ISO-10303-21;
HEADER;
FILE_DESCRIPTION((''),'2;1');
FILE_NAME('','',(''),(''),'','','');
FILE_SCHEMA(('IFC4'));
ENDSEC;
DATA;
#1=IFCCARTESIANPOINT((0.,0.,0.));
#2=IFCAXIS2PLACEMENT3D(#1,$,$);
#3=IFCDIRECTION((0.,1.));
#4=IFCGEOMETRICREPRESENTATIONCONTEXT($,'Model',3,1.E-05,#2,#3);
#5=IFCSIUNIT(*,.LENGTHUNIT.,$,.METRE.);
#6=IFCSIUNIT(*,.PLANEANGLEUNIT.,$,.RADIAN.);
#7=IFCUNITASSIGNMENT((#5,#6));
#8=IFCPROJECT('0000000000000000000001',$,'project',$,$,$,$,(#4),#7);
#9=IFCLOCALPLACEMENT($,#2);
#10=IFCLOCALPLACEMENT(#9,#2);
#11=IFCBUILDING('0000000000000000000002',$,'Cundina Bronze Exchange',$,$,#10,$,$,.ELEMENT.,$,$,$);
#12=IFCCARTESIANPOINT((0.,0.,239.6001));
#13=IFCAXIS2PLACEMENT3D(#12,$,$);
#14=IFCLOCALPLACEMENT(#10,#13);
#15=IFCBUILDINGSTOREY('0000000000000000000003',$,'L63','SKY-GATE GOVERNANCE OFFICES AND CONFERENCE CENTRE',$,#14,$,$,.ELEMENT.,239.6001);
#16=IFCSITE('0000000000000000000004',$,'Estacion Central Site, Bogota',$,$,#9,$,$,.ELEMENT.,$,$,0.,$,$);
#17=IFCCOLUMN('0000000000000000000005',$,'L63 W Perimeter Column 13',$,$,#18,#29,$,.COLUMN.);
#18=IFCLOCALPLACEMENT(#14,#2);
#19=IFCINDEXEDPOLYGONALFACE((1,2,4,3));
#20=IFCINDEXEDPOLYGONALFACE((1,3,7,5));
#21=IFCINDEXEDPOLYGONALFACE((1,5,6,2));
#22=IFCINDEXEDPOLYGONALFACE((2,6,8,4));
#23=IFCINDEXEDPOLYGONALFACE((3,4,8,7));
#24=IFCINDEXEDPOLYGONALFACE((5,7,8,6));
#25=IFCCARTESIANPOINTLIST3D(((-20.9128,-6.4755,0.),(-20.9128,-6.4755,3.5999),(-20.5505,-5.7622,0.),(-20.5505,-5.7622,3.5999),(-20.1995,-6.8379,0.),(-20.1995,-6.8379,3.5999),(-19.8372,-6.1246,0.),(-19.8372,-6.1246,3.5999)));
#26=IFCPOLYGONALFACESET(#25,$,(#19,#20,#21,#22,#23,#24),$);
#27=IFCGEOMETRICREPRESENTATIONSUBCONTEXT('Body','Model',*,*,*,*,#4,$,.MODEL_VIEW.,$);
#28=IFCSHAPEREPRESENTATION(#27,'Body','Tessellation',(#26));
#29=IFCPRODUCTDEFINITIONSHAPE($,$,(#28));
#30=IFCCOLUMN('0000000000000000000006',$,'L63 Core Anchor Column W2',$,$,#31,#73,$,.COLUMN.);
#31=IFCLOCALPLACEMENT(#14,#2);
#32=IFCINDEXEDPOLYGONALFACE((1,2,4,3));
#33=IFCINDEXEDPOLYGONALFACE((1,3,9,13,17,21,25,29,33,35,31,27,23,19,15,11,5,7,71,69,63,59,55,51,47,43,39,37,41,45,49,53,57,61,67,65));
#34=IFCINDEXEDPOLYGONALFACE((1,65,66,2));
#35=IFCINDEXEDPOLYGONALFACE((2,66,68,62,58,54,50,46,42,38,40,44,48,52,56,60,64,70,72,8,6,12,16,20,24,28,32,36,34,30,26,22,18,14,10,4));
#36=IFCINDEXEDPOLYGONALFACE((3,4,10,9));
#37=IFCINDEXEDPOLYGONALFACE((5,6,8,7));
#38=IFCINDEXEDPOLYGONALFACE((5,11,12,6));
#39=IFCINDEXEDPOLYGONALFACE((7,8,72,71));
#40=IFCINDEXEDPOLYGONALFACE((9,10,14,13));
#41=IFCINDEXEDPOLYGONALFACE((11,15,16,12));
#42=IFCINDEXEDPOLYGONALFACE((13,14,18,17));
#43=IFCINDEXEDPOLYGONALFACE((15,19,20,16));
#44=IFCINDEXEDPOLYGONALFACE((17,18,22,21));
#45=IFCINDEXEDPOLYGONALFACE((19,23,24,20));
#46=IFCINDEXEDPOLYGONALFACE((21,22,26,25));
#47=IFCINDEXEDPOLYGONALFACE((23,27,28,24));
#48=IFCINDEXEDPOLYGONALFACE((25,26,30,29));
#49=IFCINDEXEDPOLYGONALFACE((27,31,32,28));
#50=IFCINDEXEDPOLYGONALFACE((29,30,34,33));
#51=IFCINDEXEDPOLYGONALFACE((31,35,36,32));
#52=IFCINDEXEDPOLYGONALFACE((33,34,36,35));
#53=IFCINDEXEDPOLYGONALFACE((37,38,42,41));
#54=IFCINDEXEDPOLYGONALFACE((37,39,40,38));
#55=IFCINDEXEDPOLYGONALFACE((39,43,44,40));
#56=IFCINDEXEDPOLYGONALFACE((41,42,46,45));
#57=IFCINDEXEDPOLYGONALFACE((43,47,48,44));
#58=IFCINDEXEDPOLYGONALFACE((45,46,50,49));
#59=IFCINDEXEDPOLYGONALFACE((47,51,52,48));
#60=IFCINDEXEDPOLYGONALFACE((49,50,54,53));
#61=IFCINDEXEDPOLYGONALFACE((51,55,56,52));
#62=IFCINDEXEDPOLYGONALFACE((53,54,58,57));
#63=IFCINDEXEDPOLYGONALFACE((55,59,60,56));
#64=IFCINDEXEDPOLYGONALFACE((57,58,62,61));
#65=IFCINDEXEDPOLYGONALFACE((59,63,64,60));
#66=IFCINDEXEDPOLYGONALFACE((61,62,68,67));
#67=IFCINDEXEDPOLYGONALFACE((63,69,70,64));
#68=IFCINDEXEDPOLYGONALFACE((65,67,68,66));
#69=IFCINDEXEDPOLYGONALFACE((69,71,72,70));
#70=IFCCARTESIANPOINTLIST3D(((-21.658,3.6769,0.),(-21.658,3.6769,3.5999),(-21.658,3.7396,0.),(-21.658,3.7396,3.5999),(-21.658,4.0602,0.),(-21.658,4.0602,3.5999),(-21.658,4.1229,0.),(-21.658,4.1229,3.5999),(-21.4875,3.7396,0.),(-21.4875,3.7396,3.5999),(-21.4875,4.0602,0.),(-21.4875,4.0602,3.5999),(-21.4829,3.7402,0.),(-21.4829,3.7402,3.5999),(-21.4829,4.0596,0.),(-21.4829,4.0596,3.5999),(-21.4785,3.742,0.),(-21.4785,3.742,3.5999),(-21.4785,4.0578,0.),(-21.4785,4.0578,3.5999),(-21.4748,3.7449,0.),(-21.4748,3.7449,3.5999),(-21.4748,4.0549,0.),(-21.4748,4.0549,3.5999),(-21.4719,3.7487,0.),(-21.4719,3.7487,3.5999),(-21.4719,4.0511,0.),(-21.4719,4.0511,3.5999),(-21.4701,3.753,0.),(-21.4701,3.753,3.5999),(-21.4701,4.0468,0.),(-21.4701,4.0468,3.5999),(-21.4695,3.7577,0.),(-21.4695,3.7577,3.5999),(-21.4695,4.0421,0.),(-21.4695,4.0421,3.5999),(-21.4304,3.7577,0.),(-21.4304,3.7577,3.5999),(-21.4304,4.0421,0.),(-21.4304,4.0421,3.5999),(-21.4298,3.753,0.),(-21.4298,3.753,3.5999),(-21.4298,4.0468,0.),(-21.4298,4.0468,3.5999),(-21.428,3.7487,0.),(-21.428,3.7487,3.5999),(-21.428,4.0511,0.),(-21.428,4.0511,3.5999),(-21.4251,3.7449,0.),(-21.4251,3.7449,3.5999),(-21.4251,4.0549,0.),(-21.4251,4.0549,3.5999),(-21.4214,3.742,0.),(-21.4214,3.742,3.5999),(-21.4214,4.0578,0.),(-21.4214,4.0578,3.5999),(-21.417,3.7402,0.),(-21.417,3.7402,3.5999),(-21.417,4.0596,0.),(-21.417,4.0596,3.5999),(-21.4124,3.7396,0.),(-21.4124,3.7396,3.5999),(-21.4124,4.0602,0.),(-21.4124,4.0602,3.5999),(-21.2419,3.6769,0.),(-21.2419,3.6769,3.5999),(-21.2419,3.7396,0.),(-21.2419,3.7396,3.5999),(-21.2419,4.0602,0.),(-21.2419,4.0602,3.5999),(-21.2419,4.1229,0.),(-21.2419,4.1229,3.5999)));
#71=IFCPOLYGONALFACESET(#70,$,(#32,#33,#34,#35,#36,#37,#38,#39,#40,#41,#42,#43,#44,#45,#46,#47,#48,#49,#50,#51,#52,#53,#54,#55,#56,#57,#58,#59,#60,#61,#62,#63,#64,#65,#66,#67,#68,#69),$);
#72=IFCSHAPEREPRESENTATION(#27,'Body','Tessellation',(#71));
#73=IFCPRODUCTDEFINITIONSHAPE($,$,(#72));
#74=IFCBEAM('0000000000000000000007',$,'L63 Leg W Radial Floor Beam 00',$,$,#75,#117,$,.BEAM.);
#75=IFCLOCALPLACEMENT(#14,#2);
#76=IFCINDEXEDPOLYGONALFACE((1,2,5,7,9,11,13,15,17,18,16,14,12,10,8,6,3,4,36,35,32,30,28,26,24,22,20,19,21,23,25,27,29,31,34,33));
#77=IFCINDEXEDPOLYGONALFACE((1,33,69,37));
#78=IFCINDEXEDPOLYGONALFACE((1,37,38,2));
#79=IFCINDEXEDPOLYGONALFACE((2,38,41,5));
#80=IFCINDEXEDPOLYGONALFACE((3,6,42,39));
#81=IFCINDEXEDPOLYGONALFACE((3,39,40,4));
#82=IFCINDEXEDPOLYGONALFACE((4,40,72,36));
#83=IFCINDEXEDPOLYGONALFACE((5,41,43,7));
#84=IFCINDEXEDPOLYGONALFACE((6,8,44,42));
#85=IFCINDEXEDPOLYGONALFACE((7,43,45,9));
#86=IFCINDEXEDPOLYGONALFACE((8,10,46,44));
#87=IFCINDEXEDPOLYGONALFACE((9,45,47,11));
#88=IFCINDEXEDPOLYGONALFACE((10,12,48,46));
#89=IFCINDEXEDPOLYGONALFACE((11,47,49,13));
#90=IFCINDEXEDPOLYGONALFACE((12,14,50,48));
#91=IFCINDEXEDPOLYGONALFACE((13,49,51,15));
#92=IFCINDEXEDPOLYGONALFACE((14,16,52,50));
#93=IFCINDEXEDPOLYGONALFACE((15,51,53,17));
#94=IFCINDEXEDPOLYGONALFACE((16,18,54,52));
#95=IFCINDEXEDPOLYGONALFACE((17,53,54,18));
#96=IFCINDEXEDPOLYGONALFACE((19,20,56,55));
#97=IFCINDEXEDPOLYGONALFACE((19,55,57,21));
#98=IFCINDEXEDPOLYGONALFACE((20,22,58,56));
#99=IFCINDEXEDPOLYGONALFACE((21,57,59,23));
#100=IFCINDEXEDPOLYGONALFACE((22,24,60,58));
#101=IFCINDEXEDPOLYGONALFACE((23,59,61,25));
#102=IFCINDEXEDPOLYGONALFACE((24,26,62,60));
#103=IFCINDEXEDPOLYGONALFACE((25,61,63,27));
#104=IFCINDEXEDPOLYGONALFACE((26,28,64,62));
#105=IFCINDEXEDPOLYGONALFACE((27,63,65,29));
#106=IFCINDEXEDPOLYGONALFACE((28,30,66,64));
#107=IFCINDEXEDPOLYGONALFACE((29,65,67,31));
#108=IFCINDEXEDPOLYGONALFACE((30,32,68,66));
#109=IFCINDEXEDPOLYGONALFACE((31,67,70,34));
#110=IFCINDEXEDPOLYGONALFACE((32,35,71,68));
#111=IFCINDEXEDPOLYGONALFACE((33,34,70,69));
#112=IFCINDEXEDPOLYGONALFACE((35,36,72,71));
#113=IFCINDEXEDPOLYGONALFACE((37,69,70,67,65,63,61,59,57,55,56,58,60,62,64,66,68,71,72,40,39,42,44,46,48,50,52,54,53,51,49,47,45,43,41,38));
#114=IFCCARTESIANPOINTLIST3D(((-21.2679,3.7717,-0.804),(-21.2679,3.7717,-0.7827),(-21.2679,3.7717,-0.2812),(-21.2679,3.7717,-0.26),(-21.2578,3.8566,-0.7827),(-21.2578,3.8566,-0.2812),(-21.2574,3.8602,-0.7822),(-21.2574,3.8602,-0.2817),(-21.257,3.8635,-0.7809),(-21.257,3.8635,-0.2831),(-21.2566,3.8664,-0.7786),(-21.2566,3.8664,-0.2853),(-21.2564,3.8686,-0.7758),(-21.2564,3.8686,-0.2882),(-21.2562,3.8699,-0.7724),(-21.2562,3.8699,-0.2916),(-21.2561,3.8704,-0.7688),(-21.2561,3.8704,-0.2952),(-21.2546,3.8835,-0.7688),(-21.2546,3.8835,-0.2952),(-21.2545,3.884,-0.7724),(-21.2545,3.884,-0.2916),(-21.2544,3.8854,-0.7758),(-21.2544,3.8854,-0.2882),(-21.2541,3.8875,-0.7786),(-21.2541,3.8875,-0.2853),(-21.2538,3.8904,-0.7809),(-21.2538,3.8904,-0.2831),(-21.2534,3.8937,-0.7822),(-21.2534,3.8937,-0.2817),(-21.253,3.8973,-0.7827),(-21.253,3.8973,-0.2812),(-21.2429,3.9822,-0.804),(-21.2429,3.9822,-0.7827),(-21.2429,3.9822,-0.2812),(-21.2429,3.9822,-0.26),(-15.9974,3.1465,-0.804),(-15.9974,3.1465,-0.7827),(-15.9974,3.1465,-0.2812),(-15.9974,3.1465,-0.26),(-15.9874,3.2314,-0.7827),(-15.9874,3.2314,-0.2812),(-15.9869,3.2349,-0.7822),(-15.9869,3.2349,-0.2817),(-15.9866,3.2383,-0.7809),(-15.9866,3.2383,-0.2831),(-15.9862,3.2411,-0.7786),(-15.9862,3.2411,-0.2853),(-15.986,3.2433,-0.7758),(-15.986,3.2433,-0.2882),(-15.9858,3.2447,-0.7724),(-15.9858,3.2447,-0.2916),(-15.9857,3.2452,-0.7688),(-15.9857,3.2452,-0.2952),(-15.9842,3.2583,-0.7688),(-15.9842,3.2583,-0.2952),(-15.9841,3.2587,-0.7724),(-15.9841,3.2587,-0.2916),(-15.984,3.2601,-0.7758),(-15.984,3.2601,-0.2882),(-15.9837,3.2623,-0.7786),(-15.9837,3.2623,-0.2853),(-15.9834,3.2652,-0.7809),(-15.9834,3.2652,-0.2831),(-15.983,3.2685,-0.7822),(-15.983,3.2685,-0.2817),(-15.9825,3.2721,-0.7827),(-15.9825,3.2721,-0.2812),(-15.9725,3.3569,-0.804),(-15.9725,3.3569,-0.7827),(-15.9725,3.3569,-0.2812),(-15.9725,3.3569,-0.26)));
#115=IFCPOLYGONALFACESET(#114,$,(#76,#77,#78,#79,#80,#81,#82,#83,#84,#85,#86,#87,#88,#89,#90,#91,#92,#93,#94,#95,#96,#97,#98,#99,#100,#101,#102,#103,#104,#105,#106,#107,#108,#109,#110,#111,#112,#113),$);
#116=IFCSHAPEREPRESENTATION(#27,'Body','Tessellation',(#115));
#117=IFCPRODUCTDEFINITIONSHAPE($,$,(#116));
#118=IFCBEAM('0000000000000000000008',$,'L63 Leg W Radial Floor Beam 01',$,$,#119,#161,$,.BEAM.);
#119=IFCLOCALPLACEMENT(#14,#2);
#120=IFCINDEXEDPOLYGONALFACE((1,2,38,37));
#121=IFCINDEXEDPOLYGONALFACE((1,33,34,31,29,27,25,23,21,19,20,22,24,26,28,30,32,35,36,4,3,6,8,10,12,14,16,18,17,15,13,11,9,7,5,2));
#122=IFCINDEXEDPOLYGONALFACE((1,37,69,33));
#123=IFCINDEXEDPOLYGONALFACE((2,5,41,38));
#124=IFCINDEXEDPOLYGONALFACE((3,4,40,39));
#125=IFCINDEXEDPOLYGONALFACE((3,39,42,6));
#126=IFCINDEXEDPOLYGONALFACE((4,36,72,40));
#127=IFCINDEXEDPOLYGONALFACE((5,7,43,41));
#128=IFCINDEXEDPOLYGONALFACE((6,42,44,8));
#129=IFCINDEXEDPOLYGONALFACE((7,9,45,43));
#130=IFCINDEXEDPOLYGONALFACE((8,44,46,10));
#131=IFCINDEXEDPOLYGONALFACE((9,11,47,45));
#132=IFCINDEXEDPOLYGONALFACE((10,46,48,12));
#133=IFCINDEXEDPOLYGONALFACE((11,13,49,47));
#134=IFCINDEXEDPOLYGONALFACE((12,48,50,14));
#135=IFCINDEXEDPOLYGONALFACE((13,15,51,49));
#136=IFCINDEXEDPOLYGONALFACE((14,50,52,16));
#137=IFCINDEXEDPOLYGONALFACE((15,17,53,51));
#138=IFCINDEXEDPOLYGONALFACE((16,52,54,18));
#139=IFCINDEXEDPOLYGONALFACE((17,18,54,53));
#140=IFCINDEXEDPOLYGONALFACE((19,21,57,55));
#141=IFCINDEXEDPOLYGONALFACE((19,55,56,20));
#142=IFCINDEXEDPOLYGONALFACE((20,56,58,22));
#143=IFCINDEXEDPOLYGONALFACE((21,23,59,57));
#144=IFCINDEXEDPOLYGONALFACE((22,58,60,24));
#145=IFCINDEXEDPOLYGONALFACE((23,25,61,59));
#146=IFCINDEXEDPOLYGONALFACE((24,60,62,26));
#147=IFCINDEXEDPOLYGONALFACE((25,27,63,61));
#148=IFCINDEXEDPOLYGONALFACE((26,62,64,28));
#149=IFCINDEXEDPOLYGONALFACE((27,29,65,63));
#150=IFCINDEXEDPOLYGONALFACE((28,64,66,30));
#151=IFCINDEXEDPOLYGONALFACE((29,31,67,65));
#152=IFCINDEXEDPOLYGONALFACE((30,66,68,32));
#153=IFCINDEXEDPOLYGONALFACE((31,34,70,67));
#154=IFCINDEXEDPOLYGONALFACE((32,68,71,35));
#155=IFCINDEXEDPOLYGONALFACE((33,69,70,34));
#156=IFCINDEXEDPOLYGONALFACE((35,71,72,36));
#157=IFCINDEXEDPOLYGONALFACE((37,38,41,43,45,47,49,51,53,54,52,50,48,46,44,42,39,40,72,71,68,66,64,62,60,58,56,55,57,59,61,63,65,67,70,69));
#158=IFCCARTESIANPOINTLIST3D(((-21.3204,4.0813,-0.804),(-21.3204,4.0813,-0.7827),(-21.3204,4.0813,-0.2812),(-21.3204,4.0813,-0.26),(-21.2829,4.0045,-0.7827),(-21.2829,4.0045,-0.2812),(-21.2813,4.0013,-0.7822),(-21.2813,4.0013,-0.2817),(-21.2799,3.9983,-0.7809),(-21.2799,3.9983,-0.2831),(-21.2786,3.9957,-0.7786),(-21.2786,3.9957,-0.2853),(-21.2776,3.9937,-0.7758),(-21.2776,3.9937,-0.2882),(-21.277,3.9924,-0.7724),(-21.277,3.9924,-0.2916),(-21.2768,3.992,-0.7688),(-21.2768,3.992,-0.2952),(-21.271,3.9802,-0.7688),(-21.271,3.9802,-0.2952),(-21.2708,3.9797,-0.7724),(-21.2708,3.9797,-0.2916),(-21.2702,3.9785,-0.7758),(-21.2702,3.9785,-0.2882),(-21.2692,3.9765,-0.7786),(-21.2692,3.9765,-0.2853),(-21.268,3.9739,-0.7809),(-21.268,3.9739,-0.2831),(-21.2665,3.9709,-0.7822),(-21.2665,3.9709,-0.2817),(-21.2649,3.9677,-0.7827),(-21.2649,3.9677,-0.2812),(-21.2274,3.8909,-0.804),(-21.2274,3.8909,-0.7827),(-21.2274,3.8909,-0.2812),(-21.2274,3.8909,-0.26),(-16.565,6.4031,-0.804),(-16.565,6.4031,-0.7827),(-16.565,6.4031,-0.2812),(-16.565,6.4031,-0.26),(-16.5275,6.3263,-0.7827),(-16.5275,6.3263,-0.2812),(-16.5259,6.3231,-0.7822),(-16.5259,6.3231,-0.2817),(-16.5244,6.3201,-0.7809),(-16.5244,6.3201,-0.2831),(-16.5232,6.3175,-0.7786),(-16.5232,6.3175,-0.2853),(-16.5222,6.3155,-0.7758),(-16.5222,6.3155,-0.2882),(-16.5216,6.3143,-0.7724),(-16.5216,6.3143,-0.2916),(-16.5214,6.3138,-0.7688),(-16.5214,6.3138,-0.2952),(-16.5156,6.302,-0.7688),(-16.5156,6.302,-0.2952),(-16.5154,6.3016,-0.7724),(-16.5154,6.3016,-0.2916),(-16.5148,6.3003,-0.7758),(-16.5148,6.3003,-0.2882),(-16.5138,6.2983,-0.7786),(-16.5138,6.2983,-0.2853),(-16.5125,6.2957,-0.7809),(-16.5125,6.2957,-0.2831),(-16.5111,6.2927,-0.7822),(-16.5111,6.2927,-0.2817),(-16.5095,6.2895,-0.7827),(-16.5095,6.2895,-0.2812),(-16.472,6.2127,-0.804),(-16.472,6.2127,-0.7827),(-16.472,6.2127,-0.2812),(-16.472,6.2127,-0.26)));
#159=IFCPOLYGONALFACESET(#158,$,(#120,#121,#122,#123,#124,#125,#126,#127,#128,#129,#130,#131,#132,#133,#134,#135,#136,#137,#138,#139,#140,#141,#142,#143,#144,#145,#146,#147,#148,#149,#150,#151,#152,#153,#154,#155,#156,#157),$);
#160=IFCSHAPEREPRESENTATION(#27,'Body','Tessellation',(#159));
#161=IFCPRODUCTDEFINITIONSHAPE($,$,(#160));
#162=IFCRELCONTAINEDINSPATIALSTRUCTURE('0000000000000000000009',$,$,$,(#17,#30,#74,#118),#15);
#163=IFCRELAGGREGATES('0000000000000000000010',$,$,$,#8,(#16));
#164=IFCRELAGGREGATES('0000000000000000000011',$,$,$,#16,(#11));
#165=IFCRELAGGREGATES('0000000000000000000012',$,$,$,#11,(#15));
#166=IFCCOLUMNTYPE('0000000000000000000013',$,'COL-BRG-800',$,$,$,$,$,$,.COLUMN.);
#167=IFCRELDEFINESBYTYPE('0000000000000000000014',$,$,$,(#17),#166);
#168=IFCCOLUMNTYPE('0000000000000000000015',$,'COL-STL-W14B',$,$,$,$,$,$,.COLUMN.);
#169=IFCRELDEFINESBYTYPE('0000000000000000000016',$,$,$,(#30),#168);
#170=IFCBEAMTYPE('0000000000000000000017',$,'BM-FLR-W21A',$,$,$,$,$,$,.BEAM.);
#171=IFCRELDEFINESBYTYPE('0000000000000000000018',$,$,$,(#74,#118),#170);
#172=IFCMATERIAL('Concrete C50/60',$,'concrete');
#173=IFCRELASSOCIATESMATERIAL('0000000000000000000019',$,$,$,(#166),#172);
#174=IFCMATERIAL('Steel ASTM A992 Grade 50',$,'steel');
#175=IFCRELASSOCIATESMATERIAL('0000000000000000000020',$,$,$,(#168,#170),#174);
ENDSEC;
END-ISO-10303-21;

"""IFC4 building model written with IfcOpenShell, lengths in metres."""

from ifc_helpers import new_model, si_unit, direction, frame, origin, origin_2d, place, context, subcontext, project, spatial, rectangle, i_section, extrude, material, material_profile, profile_set, type_object, element, save


model = new_model("IFC4")

# Units and contexts
model_context = context("Model", 3, precision=1e-05, world=origin(), true_north=direction((0.0, 1.0)))
body_context = subcontext(model_context, "Body", "Model", "MODEL_VIEW")
ifc_project = project(units=[si_unit("LENGTHUNIT", "METRE"), si_unit("PLANEANGLEUNIT", "RADIAN")], contexts=[model_context])

# Site, building, storey
site_placement = place(None, origin())
site = spatial("IfcSite", under=ifc_project, at=site_placement, Name="Estacion Central Site, Bogota", CompositionType="ELEMENT", RefElevation=0.0)
building_placement = place(site_placement, origin())
building = spatial("IfcBuilding", under=site, at=building_placement, Name="Cundina Bronze Exchange", CompositionType="ELEMENT")
storey_placement = place(building_placement, frame((0.0, 0.0, 239.6001)))
storey = spatial("IfcBuildingStorey", under=building, at=storey_placement, Name="L63", Description="SKY-GATE GOVERNANCE OFFICES AND CONFERENCE CENTRE", CompositionType="ELEMENT", Elevation=239.6001)

# Columns
ifc_material_1 = material(Name="Concrete C50/60", Category="concrete")
ifc_material_profile_1 = material_profile(ifc_material_1, rectangle(XDim=0.8, YDim=0.8, at=origin_2d()), Name="RC800X800", Category="concrete")
ifc_profile_set_1 = profile_set([ifc_material_profile_1], Name="Concrete C50/60")
column_type_1 = type_object("IfcColumnType", Name="COL-BRG-800", PredefinedType="COLUMN", material=ifc_profile_set_1)
column_1_placement = place(storey_placement, frame((-20.375, -6.3, 0.0), z_axis=(0.0, 0.0, 1.0), x_axis=(0.452902, 0.891561, 0.0)))
element("IfcColumn", 1, at=column_1_placement, inside=storey, type_object=column_type_1, Name="L63 W Perimeter Column 13", PredefinedType="COLUMN", context=body_context, shape_type="SweptSolid", body=[
    extrude(rectangle(XDim=0.8, YDim=0.8, at=origin_2d()), origin(), (0.0, 0.0, 1.0), 3.5999),
])
ifc_material_2 = material(Name="Steel ASTM A992 Grade 50", Category="steel")
ifc_material_profile_2 = material_profile(ifc_material_2, i_section(OverallWidth=0.416, OverallDepth=0.446, WebThickness=0.0391, FlangeThickness=0.0627, FilletRadius=0.0181, at=origin_2d()), Name="W14X342", Category="steel")
ifc_profile_set_2 = profile_set([ifc_material_profile_2], Name="Steel ASTM A992 Grade 50")
column_type_2 = type_object("IfcColumnType", Name="COL-STL-W14B", PredefinedType="COLUMN", material=ifc_profile_set_2)
column_2_placement = place(storey_placement, frame((-21.45, 3.8999, 0.0), z_axis=(0.0, 0.0, 1.0), x_axis=(1.0, 0.0, 0.0)))
element("IfcColumn", 2, at=column_2_placement, inside=storey, type_object=column_type_2, Name="L63 Core Anchor Column W2", PredefinedType="COLUMN", context=body_context, shape_type="SweptSolid", body=[
    extrude(i_section(OverallWidth=0.416, OverallDepth=0.446, WebThickness=0.0391, FlangeThickness=0.0627, FilletRadius=0.0181, at=origin_2d()), origin(), (0.0, 0.0, 1.0), 3.5999),
])

# Beams
ifc_material_profile_3 = material_profile(ifc_material_2, i_section(OverallWidth=0.2119, OverallDepth=0.5439, WebThickness=0.0132, FlangeThickness=0.0212, FilletRadius=0.0139, at=origin_2d()), Name="W21X83", Category="steel")
ifc_profile_set_3 = profile_set([ifc_material_profile_3], Name="Steel ASTM A992 Grade 50")
beam_type_1 = type_object("IfcBeamType", Name="BM-FLR-W21A", PredefinedType="BEAM", material=ifc_profile_set_3)
beam_1_placement = place(storey_placement, frame((-21.2554, 3.877, -0.532), z_axis=(0.993037, -0.117805, 0.0), x_axis=(0.117805, 0.993037, 0.0)))
element("IfcBeam", 3, at=beam_1_placement, inside=storey, type_object=beam_type_1, Name="L63 Leg W Radial Floor Beam 00", PredefinedType="BEAM", context=body_context, shape_type="SweptSolid", body=[
    extrude(i_section(OverallWidth=0.2119, OverallDepth=0.5439, WebThickness=0.0132, FlangeThickness=0.0212, FilletRadius=0.0139, at=origin_2d()), origin(), (0.0, 0.0, 1.0), 5.3074),
])
beam_2_placement = place(storey_placement, frame((-21.2739, 3.9861, -0.532), z_axis=(0.898613, 0.438742, 0.0), x_axis=(-0.438742, 0.898613, 0.0)))
element("IfcBeam", 4, at=beam_2_placement, inside=storey, type_object=beam_type_1, Name="L63 Leg W Radial Floor Beam 01", PredefinedType="BEAM", context=body_context, shape_type="SweptSolid", body=[
    extrude(i_section(OverallWidth=0.2119, OverallDepth=0.5439, WebThickness=0.0132, FlangeThickness=0.0212, FilletRadius=0.0139, at=origin_2d()), origin(), (0.0, 0.0, 1.0), 5.292),
])

save(model, "model.ifc")
